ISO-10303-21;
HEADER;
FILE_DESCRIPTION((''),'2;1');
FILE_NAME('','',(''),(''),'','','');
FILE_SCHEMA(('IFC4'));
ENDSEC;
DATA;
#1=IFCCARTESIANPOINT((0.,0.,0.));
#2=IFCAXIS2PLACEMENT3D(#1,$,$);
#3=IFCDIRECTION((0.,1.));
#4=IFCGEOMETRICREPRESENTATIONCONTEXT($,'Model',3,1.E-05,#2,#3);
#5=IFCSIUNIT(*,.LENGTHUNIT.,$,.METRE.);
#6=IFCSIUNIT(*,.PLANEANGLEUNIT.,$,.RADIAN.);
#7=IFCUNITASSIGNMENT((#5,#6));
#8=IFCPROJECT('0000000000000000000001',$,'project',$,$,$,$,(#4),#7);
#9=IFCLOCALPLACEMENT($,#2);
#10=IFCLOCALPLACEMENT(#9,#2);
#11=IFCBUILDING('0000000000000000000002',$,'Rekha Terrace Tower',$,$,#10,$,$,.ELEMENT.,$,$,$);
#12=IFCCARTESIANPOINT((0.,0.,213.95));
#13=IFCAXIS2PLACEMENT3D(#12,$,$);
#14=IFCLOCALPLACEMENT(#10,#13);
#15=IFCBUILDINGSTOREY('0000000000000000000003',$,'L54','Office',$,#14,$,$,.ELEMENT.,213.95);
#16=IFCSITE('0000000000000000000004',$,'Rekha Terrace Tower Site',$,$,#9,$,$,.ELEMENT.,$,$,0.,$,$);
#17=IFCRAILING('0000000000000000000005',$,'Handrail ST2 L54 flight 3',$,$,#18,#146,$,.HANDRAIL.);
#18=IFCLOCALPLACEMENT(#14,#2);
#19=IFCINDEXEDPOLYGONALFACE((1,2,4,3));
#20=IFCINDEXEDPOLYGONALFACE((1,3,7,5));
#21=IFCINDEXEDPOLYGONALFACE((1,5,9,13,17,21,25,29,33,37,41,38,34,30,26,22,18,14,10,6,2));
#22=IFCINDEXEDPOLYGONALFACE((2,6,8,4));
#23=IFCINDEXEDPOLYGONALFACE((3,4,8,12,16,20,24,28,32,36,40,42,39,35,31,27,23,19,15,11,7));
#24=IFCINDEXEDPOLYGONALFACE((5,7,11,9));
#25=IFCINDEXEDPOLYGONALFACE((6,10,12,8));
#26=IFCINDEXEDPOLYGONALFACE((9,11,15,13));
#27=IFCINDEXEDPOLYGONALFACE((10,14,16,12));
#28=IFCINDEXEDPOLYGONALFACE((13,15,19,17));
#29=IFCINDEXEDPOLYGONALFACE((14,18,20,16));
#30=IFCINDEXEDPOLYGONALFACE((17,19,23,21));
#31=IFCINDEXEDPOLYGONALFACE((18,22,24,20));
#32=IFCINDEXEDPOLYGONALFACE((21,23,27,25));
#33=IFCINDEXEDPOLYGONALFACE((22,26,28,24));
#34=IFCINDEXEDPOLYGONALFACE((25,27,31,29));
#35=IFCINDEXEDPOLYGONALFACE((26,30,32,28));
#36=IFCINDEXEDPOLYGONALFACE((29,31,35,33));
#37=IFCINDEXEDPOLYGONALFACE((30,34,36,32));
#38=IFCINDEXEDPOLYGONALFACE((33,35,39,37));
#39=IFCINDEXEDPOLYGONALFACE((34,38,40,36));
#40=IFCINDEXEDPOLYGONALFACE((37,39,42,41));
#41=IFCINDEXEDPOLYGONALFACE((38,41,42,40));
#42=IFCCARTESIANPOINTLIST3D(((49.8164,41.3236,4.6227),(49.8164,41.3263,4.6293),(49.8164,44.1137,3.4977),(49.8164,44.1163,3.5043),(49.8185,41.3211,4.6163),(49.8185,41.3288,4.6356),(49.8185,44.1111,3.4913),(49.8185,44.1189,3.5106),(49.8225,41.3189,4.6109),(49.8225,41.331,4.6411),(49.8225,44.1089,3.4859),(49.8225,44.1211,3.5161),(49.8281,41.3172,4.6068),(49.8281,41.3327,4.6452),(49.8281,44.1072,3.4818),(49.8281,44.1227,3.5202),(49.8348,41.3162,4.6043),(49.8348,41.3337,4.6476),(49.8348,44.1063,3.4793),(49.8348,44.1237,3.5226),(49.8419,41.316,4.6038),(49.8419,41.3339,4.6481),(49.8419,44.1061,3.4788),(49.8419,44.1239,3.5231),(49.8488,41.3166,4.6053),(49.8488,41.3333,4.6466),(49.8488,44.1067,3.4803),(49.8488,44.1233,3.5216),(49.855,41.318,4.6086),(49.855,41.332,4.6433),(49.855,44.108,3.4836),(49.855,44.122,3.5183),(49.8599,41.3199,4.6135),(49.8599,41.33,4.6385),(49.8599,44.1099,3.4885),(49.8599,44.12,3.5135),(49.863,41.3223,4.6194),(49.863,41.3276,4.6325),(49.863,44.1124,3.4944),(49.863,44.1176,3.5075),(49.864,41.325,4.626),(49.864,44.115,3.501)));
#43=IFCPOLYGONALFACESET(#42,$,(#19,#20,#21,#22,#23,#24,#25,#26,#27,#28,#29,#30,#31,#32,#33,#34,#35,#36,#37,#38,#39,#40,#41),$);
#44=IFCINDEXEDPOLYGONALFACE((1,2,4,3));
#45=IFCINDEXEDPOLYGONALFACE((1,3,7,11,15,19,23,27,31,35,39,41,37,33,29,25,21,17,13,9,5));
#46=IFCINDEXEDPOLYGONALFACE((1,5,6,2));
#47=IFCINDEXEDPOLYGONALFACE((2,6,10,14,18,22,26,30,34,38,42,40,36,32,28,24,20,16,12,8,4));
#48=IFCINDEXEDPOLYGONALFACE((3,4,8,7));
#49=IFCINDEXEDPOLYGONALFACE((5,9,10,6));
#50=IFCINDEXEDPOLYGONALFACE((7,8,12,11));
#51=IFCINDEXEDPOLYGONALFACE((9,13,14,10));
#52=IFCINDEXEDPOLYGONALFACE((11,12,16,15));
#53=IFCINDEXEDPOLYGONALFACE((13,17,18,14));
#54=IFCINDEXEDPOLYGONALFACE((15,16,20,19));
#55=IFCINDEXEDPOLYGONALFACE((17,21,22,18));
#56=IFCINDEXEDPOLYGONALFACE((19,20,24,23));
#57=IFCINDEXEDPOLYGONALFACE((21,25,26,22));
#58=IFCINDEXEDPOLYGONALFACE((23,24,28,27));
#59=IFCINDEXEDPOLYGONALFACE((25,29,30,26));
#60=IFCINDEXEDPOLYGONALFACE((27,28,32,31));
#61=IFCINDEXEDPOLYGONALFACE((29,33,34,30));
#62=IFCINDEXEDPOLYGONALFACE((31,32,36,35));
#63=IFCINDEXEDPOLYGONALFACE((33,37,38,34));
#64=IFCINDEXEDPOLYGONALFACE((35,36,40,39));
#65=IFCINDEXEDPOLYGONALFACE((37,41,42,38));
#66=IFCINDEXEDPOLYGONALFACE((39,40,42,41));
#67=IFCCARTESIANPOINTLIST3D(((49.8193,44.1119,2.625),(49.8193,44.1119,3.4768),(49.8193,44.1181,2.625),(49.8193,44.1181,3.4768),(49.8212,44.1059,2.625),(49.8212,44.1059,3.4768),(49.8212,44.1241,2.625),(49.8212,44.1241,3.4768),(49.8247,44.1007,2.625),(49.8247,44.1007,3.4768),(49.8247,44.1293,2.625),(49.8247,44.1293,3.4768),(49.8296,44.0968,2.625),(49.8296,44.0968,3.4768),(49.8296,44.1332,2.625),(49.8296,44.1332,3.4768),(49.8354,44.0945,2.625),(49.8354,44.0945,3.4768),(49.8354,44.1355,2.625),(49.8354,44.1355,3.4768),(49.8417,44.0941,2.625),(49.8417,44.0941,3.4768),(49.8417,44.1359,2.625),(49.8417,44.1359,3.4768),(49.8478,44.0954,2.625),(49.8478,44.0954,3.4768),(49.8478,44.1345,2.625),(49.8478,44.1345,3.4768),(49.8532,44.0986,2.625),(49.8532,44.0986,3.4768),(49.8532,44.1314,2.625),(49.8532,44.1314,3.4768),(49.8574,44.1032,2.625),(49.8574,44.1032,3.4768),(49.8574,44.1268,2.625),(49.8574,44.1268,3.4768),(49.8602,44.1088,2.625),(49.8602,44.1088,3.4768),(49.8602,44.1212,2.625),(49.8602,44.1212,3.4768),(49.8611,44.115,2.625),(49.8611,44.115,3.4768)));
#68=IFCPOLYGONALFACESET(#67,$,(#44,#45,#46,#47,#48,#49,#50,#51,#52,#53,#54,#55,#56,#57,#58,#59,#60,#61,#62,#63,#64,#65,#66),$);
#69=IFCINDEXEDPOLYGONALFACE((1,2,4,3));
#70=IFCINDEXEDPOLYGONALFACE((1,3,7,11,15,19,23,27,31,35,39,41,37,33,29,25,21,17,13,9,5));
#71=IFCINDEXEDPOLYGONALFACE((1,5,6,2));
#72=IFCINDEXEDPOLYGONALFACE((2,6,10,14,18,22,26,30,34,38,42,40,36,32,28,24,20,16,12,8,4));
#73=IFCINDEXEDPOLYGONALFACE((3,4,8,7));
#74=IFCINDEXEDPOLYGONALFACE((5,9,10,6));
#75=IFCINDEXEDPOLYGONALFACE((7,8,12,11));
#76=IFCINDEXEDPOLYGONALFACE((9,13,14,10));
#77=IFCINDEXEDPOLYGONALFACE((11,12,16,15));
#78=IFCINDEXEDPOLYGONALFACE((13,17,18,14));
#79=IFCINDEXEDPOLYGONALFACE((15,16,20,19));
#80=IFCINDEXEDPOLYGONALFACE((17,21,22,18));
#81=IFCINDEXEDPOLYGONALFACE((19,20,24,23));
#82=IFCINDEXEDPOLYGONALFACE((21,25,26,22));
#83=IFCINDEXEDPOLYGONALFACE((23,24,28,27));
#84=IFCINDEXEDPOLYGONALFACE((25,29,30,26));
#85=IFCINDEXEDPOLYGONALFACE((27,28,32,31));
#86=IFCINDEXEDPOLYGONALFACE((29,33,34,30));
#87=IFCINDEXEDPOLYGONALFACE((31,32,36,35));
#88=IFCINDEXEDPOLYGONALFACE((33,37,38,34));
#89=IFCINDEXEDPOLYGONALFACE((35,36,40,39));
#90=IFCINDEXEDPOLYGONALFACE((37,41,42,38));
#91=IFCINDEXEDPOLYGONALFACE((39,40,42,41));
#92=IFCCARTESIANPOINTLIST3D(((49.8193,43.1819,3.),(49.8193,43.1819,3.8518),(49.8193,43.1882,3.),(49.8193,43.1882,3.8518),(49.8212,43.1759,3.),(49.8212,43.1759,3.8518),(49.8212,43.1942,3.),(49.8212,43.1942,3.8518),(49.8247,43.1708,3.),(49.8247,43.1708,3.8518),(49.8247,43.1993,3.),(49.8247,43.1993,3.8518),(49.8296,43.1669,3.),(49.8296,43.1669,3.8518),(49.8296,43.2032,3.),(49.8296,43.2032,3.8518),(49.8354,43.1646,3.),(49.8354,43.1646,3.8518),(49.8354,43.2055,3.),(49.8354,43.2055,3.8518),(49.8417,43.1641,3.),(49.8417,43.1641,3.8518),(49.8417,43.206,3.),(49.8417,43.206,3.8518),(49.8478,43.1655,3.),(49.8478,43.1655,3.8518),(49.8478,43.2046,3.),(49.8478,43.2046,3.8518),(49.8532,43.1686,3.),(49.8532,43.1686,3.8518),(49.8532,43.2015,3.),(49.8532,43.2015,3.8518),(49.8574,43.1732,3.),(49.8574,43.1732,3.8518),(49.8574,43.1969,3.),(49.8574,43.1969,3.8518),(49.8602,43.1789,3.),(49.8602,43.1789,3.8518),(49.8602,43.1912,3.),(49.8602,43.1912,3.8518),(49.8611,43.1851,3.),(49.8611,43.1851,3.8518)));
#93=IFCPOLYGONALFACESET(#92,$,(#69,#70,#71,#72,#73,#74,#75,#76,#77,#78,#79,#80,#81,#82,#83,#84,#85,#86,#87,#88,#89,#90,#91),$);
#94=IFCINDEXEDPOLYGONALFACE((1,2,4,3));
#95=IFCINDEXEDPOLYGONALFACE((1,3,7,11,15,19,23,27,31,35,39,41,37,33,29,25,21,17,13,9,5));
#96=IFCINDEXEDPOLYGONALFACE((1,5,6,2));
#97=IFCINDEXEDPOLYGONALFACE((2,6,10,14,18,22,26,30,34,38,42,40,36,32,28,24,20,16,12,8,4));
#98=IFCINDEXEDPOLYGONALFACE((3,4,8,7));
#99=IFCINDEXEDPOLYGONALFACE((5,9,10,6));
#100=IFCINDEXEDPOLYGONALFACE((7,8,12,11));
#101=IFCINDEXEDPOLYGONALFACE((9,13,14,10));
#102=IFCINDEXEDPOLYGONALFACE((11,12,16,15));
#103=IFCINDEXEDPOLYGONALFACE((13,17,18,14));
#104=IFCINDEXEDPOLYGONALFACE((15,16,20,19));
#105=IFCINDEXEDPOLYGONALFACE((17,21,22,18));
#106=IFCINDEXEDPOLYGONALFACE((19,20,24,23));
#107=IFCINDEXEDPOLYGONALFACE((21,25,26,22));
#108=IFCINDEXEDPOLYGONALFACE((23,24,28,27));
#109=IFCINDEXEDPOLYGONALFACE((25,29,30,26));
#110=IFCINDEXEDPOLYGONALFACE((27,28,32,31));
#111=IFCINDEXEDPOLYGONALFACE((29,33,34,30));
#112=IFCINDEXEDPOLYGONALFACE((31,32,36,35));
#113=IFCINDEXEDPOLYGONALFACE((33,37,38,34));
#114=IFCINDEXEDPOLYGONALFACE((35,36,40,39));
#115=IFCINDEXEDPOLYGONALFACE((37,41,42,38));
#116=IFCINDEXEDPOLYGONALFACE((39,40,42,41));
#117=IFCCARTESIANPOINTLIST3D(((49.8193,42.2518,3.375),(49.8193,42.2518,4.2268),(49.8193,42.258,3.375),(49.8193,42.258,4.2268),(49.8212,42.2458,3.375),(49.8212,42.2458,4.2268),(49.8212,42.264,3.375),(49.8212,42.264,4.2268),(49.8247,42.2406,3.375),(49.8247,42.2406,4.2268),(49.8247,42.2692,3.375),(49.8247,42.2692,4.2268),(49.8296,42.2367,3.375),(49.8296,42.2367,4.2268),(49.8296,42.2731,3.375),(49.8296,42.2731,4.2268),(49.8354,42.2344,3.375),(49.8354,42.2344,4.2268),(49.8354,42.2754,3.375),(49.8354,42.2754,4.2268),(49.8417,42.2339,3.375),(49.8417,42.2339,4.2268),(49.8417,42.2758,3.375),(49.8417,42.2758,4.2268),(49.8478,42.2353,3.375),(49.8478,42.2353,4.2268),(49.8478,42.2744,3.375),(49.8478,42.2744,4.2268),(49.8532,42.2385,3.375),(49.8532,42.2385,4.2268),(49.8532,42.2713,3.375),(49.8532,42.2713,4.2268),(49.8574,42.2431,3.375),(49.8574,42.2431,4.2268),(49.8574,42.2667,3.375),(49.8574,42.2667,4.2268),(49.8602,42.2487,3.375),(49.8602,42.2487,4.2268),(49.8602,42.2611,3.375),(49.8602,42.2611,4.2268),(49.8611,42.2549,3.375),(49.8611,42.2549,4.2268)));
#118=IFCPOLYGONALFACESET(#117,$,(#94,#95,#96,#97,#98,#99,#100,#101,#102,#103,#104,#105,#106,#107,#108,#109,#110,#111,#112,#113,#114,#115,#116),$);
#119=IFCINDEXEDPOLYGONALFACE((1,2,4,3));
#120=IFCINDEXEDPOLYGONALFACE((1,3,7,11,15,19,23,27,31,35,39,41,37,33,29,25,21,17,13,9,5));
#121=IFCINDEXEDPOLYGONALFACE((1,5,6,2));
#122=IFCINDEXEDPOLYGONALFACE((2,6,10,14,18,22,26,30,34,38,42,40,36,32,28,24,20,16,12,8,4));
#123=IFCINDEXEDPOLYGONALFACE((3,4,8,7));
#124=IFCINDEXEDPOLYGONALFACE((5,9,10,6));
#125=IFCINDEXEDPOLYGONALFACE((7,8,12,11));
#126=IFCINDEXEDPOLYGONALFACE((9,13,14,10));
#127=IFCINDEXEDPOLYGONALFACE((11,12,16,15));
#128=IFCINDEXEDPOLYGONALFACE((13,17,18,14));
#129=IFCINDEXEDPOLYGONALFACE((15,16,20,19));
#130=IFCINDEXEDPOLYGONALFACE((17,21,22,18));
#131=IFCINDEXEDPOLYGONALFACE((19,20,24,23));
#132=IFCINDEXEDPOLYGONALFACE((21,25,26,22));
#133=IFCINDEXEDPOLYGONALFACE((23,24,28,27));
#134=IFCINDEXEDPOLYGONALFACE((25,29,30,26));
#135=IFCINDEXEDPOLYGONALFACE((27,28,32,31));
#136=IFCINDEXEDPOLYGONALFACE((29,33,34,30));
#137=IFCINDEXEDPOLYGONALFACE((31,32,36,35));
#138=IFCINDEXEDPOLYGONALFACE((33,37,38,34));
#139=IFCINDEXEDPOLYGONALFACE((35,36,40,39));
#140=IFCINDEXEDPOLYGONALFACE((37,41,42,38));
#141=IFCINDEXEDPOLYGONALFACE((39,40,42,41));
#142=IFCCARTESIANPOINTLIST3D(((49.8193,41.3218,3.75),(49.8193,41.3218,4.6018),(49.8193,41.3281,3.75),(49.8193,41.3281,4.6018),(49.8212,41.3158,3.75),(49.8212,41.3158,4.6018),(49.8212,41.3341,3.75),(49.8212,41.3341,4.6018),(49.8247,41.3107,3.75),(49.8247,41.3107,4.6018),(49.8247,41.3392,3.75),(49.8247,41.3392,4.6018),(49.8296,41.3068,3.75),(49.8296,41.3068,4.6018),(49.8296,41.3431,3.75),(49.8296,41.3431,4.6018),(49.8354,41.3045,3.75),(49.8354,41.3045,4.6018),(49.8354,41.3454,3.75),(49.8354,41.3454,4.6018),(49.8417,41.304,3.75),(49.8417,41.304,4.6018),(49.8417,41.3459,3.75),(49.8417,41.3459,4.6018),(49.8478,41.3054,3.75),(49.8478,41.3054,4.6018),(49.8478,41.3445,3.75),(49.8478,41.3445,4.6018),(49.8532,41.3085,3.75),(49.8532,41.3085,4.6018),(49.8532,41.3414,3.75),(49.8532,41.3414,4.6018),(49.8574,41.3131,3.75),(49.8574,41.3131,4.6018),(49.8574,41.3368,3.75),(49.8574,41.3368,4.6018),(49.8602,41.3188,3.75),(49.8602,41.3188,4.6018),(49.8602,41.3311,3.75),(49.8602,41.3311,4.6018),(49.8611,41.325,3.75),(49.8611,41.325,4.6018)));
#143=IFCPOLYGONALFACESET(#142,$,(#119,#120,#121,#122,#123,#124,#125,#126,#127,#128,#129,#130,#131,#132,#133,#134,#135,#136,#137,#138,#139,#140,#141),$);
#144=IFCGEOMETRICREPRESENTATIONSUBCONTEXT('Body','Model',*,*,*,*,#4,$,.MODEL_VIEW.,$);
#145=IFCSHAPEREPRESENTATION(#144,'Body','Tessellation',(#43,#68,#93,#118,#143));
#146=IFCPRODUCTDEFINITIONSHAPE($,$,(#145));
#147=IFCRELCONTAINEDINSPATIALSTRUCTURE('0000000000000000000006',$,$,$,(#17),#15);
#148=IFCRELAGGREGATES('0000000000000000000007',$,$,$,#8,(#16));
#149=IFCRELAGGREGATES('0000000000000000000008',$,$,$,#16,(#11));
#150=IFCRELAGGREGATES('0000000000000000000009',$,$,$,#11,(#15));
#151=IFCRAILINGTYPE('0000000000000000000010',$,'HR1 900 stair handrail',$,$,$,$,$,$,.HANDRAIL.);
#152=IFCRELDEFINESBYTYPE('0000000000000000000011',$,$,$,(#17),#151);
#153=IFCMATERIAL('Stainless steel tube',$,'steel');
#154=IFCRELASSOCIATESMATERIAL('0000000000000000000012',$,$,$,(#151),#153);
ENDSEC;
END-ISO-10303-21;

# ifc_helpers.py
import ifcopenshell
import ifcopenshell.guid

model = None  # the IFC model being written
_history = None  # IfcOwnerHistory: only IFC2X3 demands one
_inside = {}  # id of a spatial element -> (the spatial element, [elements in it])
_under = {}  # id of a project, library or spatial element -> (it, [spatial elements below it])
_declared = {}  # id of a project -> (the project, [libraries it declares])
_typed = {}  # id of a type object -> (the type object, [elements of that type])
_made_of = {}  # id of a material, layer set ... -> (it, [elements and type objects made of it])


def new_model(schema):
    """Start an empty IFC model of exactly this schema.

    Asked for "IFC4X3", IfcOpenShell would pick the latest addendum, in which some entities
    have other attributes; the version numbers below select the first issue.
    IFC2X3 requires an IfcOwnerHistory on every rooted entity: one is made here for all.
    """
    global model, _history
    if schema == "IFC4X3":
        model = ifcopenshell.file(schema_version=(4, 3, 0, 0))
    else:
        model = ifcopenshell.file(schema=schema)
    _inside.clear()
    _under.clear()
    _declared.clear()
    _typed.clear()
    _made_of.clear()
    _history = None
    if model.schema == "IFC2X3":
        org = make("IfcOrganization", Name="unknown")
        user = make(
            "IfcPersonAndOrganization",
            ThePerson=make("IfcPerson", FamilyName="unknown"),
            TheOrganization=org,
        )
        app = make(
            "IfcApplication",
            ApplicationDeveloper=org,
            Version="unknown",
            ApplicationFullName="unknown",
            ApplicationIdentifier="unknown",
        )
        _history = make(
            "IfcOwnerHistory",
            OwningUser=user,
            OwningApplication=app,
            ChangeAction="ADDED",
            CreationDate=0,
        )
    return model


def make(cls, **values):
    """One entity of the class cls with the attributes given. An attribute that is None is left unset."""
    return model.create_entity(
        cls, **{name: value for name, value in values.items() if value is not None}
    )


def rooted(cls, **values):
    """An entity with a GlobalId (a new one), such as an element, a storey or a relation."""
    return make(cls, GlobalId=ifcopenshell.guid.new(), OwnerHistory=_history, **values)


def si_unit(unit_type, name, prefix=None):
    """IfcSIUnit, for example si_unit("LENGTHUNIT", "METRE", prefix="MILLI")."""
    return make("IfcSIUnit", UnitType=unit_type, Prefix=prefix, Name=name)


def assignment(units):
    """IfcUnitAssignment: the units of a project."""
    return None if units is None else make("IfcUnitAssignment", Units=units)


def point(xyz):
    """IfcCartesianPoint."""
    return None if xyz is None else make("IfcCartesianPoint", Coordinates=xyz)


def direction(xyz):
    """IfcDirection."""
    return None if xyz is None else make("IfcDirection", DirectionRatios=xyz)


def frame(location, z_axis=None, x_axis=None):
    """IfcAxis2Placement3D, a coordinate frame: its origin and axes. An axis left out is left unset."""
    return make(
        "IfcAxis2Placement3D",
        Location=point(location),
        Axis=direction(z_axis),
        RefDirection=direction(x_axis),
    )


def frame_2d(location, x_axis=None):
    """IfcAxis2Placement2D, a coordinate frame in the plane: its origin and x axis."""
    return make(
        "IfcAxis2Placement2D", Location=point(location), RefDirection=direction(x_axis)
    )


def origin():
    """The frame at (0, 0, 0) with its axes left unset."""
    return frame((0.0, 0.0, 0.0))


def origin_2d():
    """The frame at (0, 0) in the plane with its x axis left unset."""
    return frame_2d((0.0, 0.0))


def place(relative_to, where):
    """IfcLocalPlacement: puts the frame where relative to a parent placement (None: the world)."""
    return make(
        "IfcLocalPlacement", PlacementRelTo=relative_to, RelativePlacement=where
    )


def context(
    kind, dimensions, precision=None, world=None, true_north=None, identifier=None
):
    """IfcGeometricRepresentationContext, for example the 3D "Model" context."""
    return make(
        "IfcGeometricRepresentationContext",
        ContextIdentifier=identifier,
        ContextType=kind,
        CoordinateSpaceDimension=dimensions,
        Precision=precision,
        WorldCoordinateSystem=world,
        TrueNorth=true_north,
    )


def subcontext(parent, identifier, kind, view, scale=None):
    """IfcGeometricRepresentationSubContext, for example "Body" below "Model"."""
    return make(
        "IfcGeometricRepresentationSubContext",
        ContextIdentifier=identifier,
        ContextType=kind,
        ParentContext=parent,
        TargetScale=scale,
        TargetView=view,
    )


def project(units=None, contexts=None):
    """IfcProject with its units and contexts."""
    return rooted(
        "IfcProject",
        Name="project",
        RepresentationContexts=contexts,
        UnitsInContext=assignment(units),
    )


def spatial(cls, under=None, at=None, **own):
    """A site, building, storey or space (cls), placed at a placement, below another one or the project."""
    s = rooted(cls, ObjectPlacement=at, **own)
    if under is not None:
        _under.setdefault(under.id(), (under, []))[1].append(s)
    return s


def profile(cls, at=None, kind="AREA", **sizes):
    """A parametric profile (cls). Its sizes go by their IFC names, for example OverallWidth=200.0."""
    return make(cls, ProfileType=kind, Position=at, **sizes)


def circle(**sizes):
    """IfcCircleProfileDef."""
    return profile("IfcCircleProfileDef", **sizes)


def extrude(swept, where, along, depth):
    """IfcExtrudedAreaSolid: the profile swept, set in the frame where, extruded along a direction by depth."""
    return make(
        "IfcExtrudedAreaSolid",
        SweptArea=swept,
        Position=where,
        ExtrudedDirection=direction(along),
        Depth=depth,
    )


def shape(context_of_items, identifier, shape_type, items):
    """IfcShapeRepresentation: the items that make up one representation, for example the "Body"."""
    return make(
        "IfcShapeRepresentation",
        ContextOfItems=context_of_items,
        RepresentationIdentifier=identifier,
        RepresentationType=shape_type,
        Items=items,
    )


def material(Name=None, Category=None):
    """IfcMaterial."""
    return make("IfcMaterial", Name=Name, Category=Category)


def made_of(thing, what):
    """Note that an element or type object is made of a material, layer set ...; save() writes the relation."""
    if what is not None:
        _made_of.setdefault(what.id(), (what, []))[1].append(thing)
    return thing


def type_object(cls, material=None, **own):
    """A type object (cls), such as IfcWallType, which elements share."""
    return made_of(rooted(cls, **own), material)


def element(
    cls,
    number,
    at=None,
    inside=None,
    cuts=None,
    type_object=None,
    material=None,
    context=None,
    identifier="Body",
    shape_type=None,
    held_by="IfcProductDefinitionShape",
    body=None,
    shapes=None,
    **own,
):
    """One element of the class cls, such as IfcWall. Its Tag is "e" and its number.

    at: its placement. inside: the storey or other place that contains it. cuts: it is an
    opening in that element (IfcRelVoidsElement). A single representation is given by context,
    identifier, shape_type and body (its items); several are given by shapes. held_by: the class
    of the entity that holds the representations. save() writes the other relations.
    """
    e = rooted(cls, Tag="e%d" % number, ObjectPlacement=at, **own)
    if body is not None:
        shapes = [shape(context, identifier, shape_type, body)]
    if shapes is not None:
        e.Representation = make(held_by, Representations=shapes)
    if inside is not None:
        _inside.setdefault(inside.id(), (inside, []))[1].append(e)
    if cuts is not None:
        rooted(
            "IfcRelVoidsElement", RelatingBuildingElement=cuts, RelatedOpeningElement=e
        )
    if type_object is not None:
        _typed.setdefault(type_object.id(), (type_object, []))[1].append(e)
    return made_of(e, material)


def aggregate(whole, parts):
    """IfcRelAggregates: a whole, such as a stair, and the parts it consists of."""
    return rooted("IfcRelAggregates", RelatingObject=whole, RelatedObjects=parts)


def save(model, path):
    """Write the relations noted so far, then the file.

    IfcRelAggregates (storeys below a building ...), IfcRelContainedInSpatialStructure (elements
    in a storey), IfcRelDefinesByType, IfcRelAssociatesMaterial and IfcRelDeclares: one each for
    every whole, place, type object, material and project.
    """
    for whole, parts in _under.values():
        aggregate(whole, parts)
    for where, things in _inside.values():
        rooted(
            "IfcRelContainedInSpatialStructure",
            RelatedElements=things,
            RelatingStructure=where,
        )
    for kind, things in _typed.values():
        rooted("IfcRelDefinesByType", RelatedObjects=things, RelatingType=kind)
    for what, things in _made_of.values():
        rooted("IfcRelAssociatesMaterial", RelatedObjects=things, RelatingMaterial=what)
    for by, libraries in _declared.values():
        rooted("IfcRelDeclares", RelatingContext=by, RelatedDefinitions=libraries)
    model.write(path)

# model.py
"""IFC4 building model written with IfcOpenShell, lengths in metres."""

from ifc_helpers import new_model, si_unit, direction, frame, origin, origin_2d, place, context, subcontext, project, spatial, circle, extrude, material, type_object, element, save


model = new_model("IFC4")

# Units and contexts
model_context = context("Model", 3, precision=1e-05, world=origin(), true_north=direction((0.0, 1.0)))
body_context = subcontext(model_context, "Body", "Model", "MODEL_VIEW")
ifc_project = project(units=[si_unit("LENGTHUNIT", "METRE"), si_unit("PLANEANGLEUNIT", "RADIAN")], contexts=[model_context])

# Site, building, storey
site_placement = place(None, origin())
site = spatial("IfcSite", under=ifc_project, at=site_placement, Name="Rekha Terrace Tower Site", CompositionType="ELEMENT", RefElevation=0.0)
building_placement = place(site_placement, origin())
building = spatial("IfcBuilding", under=site, at=building_placement, Name="Rekha Terrace Tower", CompositionType="ELEMENT")
storey_placement = place(building_placement, frame((0.0, 0.0, 213.95)))
storey = spatial("IfcBuildingStorey", under=building, at=storey_placement, Name="L54", Description="Office", CompositionType="ELEMENT", Elevation=213.95)

# Railing
ifc_material_1 = material(Name="Stainless steel tube", Category="steel")
railing_type = type_object("IfcRailingType", Name="HR1 900 stair handrail", PredefinedType="HANDRAIL", material=ifc_material_1)
railing_placement = place(storey_placement, frame((49.8401, 44.115, 2.625)))
element("IfcRailing", 1, at=railing_placement, inside=storey, type_object=railing_type, Name="Handrail ST2 L54 flight 3", PredefinedType="HANDRAIL", context=body_context, shape_type="SweptSolid", body=[
    extrude(circle(Radius=0.0239, at=origin_2d()), frame((0.0, 0.0, 0.876), z_axis=(0.0, -0.927443, 0.373964), x_axis=(1.0, 0.0, 0.0)), (0.0, 0.0, 1.0), 3.0083),
    extrude(circle(Radius=0.021, at=origin_2d()), origin(), (0.0, 0.0, 1.0), 0.8518),
    extrude(circle(Radius=0.021, at=origin_2d()), frame((0.0, -0.9299, 0.375)), (0.0, 0.0, 1.0), 0.8518),
    extrude(circle(Radius=0.021, at=origin_2d()), frame((0.0, -1.8601, 0.75)), (0.0, 0.0, 1.0), 0.8518),
    extrude(circle(Radius=0.021, at=origin_2d()), frame((0.0, -2.79, 1.125)), (0.0, 0.0, 1.0), 0.8518),
])

save(model, "model.ifc")
